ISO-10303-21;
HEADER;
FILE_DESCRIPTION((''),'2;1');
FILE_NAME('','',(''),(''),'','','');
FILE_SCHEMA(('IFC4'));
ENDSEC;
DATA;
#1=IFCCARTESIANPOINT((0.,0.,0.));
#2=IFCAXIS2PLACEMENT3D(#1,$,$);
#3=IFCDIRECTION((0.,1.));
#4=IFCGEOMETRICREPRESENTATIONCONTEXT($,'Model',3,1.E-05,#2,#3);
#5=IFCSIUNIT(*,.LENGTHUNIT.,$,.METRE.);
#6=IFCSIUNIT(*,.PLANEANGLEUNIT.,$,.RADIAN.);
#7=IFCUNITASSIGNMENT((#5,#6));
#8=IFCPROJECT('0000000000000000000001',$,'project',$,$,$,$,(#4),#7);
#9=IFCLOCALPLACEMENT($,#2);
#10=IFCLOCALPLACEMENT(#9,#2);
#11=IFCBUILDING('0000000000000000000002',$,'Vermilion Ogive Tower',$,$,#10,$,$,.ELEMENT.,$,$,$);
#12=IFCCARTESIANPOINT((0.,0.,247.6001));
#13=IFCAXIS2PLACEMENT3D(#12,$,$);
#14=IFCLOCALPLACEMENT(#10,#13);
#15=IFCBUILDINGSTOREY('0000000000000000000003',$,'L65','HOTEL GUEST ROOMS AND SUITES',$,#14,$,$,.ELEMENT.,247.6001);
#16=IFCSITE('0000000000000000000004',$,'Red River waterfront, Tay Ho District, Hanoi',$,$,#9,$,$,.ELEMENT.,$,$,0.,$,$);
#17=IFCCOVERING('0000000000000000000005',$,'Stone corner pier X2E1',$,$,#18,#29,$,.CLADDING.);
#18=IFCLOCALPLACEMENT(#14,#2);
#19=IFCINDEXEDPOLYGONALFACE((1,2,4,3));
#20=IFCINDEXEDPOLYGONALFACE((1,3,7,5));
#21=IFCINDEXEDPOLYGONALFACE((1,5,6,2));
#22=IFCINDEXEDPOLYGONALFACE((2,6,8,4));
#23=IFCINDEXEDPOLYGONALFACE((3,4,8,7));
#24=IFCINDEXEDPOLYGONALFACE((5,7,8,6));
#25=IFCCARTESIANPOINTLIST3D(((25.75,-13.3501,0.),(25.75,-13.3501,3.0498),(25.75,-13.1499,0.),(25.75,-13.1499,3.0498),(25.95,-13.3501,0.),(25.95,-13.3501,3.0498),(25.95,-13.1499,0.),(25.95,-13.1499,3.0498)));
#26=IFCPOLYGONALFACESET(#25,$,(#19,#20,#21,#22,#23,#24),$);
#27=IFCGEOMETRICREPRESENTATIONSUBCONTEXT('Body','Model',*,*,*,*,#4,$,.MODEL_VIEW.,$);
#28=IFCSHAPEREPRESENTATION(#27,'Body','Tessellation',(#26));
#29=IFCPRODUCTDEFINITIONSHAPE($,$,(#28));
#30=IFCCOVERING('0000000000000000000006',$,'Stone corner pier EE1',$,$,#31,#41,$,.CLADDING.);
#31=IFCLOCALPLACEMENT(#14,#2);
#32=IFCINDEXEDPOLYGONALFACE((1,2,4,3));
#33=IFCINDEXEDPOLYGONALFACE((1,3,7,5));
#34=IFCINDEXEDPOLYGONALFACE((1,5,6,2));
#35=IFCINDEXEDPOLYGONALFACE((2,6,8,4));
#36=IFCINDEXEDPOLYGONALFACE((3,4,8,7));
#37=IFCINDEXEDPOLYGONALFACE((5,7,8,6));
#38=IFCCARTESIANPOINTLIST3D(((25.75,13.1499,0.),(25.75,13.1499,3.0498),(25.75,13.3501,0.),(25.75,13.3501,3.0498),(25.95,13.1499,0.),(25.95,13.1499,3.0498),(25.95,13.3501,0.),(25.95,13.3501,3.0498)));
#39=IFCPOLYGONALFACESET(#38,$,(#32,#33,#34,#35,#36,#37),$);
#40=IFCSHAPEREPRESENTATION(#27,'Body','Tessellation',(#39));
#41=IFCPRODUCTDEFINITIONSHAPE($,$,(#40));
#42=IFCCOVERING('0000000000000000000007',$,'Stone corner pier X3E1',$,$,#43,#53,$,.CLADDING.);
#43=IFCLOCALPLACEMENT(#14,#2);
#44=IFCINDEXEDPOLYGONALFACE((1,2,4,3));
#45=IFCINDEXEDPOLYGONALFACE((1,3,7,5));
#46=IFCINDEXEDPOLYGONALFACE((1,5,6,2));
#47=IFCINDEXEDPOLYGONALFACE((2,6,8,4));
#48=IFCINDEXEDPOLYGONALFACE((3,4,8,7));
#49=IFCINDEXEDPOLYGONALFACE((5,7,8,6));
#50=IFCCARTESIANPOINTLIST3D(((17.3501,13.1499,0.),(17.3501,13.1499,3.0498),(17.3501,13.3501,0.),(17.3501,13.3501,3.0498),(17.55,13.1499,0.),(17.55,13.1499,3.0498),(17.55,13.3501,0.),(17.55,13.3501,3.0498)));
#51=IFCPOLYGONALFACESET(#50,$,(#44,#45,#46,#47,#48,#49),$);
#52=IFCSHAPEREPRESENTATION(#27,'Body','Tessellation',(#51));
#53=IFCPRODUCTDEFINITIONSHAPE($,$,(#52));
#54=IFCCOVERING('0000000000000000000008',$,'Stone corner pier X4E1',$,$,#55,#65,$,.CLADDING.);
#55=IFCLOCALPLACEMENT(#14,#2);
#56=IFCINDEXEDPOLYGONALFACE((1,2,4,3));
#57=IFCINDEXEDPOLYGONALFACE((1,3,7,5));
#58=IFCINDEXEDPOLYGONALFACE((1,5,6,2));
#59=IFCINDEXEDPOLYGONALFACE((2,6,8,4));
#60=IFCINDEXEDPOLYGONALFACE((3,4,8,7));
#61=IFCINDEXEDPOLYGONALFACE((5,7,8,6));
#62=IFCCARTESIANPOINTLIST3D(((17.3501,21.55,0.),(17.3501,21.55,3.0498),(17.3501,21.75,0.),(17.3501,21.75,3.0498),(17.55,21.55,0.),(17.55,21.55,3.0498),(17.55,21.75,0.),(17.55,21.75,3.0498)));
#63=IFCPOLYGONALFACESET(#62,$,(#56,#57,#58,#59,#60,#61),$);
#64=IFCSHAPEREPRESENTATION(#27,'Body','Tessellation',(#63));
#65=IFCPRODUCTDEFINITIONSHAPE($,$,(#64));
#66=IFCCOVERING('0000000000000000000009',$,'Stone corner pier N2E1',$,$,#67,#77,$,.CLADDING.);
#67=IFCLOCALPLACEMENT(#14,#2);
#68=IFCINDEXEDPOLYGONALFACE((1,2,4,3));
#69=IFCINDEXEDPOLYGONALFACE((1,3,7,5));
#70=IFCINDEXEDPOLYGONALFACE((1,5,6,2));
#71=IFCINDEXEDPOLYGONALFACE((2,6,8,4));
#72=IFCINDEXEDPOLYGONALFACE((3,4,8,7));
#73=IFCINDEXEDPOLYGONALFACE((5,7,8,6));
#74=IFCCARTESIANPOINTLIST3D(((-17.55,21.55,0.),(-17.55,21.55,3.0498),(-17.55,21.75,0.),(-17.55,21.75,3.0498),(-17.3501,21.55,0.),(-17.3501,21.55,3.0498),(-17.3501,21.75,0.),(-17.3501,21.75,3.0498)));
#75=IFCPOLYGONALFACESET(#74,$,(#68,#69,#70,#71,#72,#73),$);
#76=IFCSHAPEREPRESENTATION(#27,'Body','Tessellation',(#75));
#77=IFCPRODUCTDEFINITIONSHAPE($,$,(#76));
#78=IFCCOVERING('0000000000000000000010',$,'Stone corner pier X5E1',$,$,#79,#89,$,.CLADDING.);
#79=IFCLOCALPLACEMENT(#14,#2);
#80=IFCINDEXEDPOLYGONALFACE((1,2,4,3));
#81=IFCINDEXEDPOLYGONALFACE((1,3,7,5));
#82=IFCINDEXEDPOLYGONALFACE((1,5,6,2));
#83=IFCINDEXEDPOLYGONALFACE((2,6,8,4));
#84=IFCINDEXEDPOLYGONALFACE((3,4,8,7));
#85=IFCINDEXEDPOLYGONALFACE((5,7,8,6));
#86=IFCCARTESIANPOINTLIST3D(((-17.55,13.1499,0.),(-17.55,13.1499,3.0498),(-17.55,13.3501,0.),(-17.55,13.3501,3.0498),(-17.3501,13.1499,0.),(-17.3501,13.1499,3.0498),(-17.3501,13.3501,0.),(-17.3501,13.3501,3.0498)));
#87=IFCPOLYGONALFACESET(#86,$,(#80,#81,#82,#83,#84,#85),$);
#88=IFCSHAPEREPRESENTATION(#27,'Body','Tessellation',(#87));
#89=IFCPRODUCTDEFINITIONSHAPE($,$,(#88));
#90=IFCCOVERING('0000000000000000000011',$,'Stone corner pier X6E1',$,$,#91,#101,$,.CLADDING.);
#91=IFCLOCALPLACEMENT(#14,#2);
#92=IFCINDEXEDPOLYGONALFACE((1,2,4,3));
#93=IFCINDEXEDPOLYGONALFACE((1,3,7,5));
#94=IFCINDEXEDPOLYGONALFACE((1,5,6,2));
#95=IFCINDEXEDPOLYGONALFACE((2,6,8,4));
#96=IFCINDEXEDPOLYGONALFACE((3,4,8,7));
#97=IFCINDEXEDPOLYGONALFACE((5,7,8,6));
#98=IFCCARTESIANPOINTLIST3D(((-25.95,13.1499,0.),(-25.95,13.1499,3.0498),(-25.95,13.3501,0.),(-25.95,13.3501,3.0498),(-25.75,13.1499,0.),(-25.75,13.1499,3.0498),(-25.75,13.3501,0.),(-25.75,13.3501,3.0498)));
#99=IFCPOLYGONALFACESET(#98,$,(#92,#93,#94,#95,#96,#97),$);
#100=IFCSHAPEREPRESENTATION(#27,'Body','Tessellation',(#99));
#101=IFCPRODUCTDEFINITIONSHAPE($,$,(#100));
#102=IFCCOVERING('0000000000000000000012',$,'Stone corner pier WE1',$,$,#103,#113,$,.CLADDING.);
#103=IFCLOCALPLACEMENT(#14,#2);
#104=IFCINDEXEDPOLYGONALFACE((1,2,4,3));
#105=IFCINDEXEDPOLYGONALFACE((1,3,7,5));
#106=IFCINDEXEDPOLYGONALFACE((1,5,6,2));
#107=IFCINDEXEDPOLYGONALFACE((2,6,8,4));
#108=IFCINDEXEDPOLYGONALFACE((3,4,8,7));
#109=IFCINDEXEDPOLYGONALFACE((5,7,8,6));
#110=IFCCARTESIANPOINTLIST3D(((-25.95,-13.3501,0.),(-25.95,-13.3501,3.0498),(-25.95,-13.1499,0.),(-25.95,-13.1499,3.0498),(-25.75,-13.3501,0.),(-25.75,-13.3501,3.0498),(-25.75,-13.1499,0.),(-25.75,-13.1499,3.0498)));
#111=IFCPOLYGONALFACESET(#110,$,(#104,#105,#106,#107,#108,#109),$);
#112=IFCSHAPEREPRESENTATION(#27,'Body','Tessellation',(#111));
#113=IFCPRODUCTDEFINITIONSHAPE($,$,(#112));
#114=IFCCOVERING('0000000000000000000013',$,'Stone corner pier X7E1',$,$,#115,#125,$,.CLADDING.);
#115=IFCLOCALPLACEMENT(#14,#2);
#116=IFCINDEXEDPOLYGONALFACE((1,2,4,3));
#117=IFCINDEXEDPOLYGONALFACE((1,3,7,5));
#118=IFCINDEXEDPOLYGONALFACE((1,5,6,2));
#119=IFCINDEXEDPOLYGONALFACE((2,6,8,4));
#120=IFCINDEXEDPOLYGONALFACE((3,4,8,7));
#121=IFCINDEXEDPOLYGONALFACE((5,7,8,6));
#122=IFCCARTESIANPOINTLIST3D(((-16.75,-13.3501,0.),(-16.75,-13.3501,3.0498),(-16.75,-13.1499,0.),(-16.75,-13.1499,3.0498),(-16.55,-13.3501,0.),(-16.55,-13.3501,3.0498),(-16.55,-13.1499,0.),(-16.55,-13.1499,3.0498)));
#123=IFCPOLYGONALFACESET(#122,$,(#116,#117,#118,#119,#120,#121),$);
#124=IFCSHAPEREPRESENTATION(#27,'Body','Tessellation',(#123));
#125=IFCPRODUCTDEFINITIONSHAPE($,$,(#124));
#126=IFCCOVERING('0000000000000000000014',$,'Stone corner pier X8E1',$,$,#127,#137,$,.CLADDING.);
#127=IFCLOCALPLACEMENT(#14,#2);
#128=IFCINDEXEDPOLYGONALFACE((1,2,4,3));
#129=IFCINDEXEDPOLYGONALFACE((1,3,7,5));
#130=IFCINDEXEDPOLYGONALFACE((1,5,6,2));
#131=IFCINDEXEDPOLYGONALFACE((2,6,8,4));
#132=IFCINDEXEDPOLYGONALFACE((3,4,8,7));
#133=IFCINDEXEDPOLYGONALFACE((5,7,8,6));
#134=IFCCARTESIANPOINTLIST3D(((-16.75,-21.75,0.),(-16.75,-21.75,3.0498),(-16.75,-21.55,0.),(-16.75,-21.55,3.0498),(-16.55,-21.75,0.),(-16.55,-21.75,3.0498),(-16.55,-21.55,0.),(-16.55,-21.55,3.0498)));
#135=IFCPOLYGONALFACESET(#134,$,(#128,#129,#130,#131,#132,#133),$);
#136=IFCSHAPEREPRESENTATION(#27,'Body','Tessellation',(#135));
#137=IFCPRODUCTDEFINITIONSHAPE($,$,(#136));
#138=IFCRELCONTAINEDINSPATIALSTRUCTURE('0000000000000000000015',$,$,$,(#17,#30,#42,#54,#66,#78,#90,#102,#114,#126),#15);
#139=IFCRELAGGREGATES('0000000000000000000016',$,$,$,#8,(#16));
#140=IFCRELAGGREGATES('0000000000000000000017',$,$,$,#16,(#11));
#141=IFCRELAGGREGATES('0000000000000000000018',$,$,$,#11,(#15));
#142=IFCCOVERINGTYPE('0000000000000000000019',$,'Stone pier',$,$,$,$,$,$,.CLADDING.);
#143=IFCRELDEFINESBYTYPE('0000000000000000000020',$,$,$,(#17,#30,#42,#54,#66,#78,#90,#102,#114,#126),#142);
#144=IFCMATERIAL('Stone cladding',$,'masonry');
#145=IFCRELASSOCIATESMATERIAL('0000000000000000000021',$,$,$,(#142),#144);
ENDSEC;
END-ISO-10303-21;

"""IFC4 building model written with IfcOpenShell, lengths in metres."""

from ifc_helpers import new_model, si_unit, direction, frame, origin, place, context, subcontext, project, spatial, polyline, outline, extrude, material, type_object, element, save


model = new_model("IFC4")

# Units and contexts
model_context = context("Model", 3, precision=1e-05, world=origin(), true_north=direction((0.0, 1.0)))
body_context = subcontext(model_context, "Body", "Model", "MODEL_VIEW")
ifc_project = project(units=[si_unit("LENGTHUNIT", "METRE"), si_unit("PLANEANGLEUNIT", "RADIAN")], contexts=[model_context])

# Site, building, storey
site_placement = place(None, origin())
site = spatial("IfcSite", under=ifc_project, at=site_placement, Name="Red River waterfront, Tay Ho District, Hanoi", CompositionType="ELEMENT", RefElevation=0.0)
building_placement = place(site_placement, origin())
building = spatial("IfcBuilding", under=site, at=building_placement, Name="Vermilion Ogive Tower", CompositionType="ELEMENT")
storey_placement = place(building_placement, frame((0.0, 0.0, 247.6001)))
storey = spatial("IfcBuildingStorey", under=building, at=storey_placement, Name="L65", Description="HOTEL GUEST ROOMS AND SUITES", CompositionType="ELEMENT", Elevation=247.6001)

# Coverings
ifc_material_1 = material(Name="Stone cladding", Category="masonry")
covering_type_1 = type_object("IfcCoveringType", Name="Stone pier", PredefinedType="CLADDING", material=ifc_material_1)
covering_1_placement = place(storey_placement, origin())
element("IfcCovering", 1, at=covering_1_placement, inside=storey, type_object=covering_type_1, Name="Stone corner pier X2E1", PredefinedType="CLADDING", context=body_context, shape_type="SweptSolid", body=[
    extrude(outline(polyline([(25.75, -13.1499), (25.95, -13.1499), (25.95, -13.3501), (25.75, -13.3501), (25.75, -13.1499)])), origin(), (0.0, 0.0, 1.0), 3.0498),
])
covering_2_placement = place(storey_placement, origin())
element("IfcCovering", 2, at=covering_2_placement, inside=storey, type_object=covering_type_1, Name="Stone corner pier EE1", PredefinedType="CLADDING", context=body_context, shape_type="SweptSolid", body=[
    extrude(outline(polyline([(25.75, 13.1499), (25.75, 13.3501), (25.95, 13.3501), (25.95, 13.1499), (25.75, 13.1499)])), origin(), (0.0, 0.0, 1.0), 3.0498),
])
covering_3_placement = place(storey_placement, origin())
element("IfcCovering", 3, at=covering_3_placement, inside=storey, type_object=covering_type_1, Name="Stone corner pier X3E1", PredefinedType="CLADDING", context=body_context, shape_type="SweptSolid", body=[
    extrude(outline(polyline([(17.3501, 13.1499), (17.3501, 13.3501), (17.55, 13.3501), (17.55, 13.1499), (17.3501, 13.1499)])), origin(), (0.0, 0.0, 1.0), 3.0498),
])
covering_4_placement = place(storey_placement, origin())
element("IfcCovering", 4, at=covering_4_placement, inside=storey, type_object=covering_type_1, Name="Stone corner pier X4E1", PredefinedType="CLADDING", context=body_context, shape_type="SweptSolid", body=[
    extrude(outline(polyline([(17.3501, 21.55), (17.3501, 21.75), (17.55, 21.75), (17.55, 21.55), (17.3501, 21.55)])), origin(), (0.0, 0.0, 1.0), 3.0498),
])
covering_5_placement = place(storey_placement, origin())
element("IfcCovering", 5, at=covering_5_placement, inside=storey, type_object=covering_type_1, Name="Stone corner pier N2E1", PredefinedType="CLADDING", context=body_context, shape_type="SweptSolid", body=[
    extrude(outline(polyline([(-17.3501, 21.55), (-17.55, 21.55), (-17.55, 21.75), (-17.3501, 21.75), (-17.3501, 21.55)])), origin(), (0.0, 0.0, 1.0), 3.0498),
])
covering_6_placement = place(storey_placement, origin())
element("IfcCovering", 6, at=covering_6_placement, inside=storey, type_object=covering_type_1, Name="Stone corner pier X5E1", PredefinedType="CLADDING", context=body_context, shape_type="SweptSolid", body=[
    extrude(outline(polyline([(-17.3501, 13.1499), (-17.55, 13.1499), (-17.55, 13.3501), (-17.3501, 13.3501), (-17.3501, 13.1499)])), origin(), (0.0, 0.0, 1.0), 3.0498),
])
covering_7_placement = place(storey_placement, origin())
element("IfcCovering", 7, at=covering_7_placement, inside=storey, type_object=covering_type_1, Name="Stone corner pier X6E1", PredefinedType="CLADDING", context=body_context, shape_type="SweptSolid", body=[
    extrude(outline(polyline([(-25.75, 13.1499), (-25.95, 13.1499), (-25.95, 13.3501), (-25.75, 13.3501), (-25.75, 13.1499)])), origin(), (0.0, 0.0, 1.0), 3.0498),
])
covering_8_placement = place(storey_placement, origin())
element("IfcCovering", 8, at=covering_8_placement, inside=storey, type_object=covering_type_1, Name="Stone corner pier WE1", PredefinedType="CLADDING", context=body_context, shape_type="SweptSolid", body=[
    extrude(outline(polyline([(-25.75, -13.1499), (-25.75, -13.3501), (-25.95, -13.3501), (-25.95, -13.1499), (-25.75, -13.1499)])), origin(), (0.0, 0.0, 1.0), 3.0498),
])
covering_9_placement = place(storey_placement, origin())
element("IfcCovering", 9, at=covering_9_placement, inside=storey, type_object=covering_type_1, Name="Stone corner pier X7E1", PredefinedType="CLADDING", context=body_context, shape_type="SweptSolid", body=[
    extrude(outline(polyline([(-16.55, -13.1499), (-16.55, -13.3501), (-16.75, -13.3501), (-16.75, -13.1499), (-16.55, -13.1499)])), origin(), (0.0, 0.0, 1.0), 3.0498),
])
covering_10_placement = place(storey_placement, origin())
element("IfcCovering", 10, at=covering_10_placement, inside=storey, type_object=covering_type_1, Name="Stone corner pier X8E1", PredefinedType="CLADDING", context=body_context, shape_type="SweptSolid", body=[
    extrude(outline(polyline([(-16.55, -21.55), (-16.55, -21.75), (-16.75, -21.75), (-16.75, -21.55), (-16.55, -21.55)])), origin(), (0.0, 0.0, 1.0), 3.0498),
])

save(model, "model.ifc")
